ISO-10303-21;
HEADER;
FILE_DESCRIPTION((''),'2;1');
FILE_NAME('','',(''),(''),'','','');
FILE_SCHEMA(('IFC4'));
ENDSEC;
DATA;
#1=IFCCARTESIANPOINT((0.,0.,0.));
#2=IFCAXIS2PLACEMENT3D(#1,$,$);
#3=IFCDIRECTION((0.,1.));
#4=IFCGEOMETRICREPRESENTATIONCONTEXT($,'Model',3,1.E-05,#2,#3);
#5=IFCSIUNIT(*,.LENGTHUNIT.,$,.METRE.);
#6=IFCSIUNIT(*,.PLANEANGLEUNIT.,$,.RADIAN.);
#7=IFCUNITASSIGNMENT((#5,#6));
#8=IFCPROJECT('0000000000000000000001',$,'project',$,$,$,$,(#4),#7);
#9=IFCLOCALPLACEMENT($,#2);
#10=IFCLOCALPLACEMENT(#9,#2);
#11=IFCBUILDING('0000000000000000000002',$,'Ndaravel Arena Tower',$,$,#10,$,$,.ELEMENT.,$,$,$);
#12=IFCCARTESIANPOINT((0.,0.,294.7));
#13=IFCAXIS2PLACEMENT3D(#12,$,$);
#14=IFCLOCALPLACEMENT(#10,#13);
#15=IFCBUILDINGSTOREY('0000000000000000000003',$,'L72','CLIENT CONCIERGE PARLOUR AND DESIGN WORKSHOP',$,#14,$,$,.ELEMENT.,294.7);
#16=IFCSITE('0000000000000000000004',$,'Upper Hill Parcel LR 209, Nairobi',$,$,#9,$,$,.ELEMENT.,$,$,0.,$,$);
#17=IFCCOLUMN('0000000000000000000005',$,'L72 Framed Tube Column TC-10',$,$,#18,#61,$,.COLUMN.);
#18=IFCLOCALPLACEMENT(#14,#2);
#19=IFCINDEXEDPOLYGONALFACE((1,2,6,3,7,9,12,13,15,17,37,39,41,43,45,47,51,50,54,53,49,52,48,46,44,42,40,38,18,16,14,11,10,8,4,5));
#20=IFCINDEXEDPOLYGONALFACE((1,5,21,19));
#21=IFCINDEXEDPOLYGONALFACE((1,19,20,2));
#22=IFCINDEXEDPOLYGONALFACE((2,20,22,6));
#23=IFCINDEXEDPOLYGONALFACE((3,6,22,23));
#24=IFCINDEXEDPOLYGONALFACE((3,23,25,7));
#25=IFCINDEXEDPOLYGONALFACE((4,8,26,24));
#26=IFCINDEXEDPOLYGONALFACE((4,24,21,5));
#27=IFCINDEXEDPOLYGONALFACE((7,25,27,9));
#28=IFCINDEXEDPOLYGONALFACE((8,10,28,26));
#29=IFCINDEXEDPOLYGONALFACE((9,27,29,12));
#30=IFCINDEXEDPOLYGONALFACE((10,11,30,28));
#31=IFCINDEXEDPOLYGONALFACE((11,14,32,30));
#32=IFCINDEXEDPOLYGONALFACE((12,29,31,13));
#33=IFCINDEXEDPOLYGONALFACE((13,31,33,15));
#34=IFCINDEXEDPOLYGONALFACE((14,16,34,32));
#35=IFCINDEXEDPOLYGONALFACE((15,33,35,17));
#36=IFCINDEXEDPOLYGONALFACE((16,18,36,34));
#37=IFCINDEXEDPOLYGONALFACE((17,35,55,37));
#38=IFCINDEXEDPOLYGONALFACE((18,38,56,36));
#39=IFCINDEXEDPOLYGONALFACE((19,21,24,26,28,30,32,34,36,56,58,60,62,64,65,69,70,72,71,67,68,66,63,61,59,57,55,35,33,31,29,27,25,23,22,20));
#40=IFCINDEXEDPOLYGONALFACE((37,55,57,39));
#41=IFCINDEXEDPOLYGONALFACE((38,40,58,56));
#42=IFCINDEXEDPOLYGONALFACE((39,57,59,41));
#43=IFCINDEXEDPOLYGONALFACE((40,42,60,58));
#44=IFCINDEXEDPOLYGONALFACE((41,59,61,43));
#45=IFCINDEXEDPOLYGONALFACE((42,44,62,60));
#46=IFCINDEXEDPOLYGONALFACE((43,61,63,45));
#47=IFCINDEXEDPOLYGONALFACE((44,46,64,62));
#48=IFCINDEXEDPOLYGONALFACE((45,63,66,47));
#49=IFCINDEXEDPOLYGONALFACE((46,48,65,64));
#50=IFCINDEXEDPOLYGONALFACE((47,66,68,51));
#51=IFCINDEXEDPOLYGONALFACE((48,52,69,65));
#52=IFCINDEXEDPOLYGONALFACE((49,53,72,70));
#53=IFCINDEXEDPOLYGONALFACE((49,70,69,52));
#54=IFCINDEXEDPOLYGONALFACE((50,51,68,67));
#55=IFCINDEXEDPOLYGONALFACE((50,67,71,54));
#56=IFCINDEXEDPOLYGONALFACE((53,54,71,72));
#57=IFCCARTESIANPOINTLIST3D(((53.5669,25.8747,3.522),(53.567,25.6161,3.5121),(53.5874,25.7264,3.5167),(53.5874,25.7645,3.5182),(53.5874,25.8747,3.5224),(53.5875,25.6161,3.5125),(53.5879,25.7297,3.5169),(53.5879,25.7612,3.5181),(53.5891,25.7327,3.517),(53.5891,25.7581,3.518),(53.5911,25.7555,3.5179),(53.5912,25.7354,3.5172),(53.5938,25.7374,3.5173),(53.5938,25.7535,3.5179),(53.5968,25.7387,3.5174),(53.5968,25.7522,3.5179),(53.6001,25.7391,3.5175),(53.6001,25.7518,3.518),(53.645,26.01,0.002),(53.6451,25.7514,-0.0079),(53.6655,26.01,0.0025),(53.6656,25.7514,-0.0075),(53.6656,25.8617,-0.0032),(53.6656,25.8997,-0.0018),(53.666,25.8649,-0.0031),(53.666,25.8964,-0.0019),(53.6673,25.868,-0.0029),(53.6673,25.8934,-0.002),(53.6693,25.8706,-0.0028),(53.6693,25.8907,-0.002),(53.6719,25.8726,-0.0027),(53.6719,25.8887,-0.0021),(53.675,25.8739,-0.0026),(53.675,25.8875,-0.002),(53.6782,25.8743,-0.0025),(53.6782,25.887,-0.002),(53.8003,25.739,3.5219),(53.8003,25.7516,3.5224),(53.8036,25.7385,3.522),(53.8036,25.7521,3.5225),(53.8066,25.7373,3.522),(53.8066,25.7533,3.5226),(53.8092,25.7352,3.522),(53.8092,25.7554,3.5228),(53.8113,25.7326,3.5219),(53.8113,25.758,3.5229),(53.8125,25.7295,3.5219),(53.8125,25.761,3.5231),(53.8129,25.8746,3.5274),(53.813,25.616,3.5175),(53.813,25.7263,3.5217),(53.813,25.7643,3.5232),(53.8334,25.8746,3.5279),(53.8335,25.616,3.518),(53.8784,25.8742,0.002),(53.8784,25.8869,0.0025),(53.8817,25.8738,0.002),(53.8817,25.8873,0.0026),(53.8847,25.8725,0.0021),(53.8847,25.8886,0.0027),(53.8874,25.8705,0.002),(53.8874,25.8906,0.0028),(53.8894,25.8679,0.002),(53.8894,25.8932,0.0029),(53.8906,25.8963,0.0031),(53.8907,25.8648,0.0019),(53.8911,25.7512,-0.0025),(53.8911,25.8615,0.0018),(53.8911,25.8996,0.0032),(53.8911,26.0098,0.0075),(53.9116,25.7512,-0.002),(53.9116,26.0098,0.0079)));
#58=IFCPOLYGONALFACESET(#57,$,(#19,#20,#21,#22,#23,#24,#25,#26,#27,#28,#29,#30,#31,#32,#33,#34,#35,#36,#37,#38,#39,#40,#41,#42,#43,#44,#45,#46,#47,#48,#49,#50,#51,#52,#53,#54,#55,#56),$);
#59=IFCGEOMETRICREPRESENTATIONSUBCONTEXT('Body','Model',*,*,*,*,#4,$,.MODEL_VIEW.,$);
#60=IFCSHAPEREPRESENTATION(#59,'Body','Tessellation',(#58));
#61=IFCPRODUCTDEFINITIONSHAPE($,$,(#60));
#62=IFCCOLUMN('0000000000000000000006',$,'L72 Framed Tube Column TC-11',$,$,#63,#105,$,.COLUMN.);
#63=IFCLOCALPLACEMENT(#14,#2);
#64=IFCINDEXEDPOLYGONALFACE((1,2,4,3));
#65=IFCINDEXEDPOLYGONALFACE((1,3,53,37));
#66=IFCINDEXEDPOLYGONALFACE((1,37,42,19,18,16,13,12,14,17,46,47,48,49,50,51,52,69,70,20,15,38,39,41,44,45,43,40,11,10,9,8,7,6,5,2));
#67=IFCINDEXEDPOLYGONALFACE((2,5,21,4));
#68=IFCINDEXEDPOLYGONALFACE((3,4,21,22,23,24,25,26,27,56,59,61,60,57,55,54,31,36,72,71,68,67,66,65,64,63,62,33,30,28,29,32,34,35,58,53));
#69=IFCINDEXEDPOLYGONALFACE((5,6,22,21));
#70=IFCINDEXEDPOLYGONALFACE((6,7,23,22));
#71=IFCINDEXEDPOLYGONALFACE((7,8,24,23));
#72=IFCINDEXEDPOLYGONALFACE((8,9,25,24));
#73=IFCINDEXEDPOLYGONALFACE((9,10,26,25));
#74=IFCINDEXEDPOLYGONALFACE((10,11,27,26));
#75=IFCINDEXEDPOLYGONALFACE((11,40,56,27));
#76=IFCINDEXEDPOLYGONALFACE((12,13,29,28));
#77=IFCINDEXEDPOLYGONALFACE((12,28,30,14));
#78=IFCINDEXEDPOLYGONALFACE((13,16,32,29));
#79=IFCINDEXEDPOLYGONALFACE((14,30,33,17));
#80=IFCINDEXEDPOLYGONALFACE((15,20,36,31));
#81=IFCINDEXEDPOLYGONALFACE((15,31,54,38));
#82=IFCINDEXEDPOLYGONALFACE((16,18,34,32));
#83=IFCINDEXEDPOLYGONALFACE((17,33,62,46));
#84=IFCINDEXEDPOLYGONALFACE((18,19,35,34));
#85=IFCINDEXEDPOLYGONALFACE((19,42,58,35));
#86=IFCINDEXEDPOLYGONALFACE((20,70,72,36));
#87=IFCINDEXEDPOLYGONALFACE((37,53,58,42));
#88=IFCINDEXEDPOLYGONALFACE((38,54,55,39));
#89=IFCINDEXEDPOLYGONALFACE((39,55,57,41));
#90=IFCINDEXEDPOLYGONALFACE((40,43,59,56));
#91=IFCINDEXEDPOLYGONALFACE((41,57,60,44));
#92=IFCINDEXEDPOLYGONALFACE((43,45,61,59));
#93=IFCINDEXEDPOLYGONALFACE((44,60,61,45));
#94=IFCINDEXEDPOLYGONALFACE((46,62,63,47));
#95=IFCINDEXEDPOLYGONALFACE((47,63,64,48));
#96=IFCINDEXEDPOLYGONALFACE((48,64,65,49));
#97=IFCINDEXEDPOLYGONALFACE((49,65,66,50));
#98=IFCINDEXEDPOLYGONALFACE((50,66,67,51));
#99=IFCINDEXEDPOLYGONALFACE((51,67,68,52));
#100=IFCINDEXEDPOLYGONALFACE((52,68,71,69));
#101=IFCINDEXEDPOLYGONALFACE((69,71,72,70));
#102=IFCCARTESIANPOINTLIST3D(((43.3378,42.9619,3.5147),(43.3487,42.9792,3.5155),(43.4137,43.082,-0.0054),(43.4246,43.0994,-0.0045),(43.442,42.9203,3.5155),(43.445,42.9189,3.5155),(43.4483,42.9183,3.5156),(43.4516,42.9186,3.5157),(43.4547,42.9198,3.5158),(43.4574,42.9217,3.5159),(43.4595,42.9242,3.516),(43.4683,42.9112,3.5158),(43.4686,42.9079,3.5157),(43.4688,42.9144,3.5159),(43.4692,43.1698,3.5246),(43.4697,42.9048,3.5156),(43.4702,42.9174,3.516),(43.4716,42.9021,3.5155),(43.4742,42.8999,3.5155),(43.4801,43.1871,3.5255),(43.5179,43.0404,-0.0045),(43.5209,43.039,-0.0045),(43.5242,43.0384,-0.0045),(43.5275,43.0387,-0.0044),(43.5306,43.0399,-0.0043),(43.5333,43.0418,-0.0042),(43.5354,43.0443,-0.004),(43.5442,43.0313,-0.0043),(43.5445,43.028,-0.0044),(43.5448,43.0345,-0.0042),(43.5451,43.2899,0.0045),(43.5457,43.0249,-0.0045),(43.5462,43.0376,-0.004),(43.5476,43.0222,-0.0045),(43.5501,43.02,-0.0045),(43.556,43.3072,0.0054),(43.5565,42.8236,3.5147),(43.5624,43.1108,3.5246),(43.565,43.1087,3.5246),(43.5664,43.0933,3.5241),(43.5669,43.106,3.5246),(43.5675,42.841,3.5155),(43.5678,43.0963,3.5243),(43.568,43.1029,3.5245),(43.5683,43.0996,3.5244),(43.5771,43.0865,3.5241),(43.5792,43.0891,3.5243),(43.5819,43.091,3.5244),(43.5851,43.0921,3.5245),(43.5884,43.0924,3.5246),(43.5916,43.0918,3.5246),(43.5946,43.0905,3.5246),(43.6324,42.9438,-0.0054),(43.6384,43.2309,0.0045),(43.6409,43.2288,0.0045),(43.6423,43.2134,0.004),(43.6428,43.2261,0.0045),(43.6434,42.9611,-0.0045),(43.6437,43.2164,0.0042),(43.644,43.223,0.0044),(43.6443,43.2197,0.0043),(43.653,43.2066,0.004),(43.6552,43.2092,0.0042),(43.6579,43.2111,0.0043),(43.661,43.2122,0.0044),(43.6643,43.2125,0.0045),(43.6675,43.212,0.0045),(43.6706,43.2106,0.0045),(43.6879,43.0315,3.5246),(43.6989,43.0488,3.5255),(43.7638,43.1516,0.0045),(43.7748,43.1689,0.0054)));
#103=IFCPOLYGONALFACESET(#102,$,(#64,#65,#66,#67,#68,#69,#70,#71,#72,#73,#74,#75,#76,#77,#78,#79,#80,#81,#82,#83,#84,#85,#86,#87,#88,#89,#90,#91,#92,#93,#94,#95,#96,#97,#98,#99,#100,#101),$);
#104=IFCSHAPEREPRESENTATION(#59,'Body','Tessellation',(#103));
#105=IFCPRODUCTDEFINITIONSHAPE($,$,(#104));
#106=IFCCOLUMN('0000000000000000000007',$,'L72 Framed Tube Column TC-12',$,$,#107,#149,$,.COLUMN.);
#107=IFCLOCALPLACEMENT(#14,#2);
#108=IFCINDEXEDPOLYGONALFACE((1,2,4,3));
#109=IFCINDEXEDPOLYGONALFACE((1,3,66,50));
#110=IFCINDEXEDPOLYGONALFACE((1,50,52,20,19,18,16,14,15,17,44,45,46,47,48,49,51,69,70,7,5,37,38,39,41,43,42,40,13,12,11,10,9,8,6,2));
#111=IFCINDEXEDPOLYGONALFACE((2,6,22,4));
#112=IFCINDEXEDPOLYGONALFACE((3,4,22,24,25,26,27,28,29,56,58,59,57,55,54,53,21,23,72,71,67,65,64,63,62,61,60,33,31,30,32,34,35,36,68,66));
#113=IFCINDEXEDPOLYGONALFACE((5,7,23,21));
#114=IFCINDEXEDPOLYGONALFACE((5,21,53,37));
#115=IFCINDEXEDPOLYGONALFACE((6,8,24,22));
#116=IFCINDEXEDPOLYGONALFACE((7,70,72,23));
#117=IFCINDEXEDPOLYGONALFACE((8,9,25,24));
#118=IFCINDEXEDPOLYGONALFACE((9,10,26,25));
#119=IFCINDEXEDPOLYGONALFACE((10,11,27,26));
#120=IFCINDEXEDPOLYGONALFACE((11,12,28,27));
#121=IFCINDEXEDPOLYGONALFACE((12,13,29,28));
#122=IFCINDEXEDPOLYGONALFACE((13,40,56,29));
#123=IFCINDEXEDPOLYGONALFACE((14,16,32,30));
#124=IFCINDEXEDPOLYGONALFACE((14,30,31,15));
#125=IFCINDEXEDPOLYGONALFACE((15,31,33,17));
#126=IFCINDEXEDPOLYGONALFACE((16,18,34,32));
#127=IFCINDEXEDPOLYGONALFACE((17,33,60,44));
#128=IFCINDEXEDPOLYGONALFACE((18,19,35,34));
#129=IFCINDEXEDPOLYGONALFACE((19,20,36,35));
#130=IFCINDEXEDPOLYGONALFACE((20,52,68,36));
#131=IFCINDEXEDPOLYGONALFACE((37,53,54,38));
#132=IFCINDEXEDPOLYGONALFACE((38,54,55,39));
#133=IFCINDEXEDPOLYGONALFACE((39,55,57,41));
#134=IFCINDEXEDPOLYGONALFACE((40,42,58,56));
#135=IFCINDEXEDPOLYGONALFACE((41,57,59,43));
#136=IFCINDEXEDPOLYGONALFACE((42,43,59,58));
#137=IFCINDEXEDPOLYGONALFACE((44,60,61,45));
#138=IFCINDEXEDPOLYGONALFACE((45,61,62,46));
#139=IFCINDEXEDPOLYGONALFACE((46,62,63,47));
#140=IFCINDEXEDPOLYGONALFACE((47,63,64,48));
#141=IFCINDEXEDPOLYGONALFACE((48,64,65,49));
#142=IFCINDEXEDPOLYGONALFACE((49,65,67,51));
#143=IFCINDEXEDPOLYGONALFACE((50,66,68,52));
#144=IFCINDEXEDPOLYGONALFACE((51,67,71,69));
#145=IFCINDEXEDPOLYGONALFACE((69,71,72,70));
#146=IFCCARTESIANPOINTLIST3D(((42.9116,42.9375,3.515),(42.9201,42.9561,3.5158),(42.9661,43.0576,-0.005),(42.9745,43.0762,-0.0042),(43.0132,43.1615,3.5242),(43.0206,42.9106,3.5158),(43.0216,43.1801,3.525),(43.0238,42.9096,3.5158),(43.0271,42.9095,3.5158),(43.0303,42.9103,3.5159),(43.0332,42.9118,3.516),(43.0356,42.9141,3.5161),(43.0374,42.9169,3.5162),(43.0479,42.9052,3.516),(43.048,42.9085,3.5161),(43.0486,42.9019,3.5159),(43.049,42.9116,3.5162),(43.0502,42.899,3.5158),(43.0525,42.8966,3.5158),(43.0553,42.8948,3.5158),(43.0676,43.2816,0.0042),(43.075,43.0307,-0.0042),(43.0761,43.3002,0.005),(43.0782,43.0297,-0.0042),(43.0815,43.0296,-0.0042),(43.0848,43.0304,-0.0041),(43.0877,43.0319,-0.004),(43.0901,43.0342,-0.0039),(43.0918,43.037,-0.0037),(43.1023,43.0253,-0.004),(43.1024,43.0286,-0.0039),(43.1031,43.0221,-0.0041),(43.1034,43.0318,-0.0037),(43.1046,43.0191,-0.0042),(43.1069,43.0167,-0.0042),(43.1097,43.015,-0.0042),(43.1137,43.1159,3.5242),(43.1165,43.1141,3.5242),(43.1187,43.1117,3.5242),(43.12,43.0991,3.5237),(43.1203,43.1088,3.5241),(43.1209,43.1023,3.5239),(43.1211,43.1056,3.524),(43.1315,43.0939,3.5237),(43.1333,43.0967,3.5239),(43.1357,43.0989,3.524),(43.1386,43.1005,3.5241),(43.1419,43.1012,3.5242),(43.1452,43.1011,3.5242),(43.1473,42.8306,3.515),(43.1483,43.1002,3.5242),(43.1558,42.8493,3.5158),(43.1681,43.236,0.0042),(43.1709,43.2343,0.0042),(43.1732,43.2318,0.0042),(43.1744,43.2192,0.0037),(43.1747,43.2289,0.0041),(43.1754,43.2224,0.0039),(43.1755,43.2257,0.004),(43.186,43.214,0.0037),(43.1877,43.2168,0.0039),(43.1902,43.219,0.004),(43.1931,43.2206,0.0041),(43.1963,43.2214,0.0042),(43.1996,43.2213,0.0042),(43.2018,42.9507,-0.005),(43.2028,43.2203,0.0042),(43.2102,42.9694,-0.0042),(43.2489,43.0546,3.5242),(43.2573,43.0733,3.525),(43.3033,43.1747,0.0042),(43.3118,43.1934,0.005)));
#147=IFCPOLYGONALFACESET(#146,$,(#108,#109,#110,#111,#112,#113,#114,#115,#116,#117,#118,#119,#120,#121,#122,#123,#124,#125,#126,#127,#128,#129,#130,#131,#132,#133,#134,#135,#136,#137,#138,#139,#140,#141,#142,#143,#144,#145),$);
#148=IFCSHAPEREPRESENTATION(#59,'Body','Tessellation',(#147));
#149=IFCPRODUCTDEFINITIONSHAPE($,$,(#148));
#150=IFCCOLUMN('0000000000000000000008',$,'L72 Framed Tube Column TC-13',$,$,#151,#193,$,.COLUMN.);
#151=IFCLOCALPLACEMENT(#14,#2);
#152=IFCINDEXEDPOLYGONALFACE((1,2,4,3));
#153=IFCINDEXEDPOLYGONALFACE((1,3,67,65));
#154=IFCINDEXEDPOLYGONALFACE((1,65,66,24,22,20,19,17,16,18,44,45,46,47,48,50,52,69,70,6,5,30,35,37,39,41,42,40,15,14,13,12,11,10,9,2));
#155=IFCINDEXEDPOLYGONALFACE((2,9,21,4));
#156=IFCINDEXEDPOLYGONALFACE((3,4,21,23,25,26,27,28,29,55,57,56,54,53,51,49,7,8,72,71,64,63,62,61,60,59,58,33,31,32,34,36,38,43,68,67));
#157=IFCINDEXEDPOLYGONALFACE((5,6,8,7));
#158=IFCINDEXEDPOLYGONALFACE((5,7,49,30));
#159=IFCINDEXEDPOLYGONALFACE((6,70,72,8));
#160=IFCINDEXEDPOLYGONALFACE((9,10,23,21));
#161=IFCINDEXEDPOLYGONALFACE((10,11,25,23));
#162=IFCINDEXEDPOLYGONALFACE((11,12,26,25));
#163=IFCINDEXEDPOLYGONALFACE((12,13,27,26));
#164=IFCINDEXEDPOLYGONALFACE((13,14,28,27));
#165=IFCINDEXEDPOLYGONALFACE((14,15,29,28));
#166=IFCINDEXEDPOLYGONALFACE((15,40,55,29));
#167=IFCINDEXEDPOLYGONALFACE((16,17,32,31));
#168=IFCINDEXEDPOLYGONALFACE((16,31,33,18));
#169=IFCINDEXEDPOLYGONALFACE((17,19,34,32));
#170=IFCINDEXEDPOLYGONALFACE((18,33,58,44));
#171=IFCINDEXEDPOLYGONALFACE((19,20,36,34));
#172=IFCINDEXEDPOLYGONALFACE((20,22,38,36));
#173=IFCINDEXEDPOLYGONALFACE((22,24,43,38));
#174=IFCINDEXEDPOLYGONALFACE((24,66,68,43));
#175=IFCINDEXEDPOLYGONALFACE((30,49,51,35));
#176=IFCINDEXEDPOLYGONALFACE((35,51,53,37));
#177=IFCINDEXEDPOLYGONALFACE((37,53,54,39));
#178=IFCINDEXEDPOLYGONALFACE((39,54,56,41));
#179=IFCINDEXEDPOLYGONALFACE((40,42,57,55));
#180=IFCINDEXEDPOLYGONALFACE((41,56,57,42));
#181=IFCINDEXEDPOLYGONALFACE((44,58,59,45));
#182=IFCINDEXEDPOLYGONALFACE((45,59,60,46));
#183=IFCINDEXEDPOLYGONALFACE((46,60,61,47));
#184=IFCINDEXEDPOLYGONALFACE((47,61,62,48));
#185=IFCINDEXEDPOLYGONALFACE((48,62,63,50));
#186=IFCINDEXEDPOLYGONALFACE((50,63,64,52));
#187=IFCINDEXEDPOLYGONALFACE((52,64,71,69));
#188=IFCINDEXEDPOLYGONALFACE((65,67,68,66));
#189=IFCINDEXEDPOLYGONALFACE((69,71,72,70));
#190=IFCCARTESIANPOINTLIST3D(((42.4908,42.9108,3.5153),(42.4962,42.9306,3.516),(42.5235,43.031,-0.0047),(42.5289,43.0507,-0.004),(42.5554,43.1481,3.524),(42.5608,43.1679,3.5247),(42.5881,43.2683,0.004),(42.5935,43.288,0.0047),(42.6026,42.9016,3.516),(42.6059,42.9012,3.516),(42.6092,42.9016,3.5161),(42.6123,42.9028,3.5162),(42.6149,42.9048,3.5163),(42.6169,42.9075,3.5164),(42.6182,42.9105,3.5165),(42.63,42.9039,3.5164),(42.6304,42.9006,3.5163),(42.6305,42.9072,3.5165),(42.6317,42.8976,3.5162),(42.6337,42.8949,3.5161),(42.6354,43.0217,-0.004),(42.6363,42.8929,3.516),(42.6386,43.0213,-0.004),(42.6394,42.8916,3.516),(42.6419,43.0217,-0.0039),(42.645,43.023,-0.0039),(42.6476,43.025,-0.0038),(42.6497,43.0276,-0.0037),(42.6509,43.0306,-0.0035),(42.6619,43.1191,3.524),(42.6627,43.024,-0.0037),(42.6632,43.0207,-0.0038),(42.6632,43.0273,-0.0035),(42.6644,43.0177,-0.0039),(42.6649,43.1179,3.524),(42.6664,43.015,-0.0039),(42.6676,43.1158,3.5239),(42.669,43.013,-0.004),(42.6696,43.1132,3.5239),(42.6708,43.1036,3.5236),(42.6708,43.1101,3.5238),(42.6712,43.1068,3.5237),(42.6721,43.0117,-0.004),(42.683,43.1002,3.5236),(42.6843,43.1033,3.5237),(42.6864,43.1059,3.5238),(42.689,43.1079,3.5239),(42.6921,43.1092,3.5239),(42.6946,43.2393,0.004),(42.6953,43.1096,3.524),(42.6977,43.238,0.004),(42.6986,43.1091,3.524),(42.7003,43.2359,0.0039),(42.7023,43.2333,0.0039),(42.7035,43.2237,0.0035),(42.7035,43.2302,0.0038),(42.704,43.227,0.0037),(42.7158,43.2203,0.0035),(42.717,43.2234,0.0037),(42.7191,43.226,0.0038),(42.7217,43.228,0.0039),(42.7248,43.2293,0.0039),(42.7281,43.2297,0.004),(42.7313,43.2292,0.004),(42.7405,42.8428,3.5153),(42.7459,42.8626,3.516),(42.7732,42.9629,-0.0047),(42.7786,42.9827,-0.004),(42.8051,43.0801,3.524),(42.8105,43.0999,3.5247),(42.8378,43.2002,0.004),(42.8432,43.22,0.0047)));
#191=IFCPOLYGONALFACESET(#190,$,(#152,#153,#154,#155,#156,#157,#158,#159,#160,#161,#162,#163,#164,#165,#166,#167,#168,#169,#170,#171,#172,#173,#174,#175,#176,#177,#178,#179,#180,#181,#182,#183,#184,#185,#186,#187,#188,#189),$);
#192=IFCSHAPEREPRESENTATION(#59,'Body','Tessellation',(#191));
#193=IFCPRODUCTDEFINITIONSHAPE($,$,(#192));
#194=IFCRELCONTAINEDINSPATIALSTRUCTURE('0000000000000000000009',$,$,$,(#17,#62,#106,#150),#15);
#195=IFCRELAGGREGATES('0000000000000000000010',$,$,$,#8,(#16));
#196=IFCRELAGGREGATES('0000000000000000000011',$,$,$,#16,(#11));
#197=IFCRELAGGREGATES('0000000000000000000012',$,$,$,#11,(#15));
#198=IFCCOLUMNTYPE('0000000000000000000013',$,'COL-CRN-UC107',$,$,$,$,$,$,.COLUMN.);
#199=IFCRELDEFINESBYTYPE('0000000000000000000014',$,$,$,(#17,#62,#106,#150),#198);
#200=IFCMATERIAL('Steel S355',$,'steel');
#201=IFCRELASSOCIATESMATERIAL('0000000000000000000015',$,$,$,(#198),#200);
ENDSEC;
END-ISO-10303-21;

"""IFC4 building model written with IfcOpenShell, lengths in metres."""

from ifc_helpers import new_model, si_unit, direction, frame, origin, origin_2d, place, context, subcontext, project, spatial, i_section, extrude, material, material_profile, profile_set, type_object, element, save


model = new_model("IFC4")

# Units and contexts
model_context = context("Model", 3, precision=1e-05, world=origin(), true_north=direction((0.0, 1.0)))
body_context = subcontext(model_context, "Body", "Model", "MODEL_VIEW")
ifc_project = project(units=[si_unit("LENGTHUNIT", "METRE"), si_unit("PLANEANGLEUNIT", "RADIAN")], contexts=[model_context])

# Site, building, storey
site_placement = place(None, origin())
site = spatial("IfcSite", under=ifc_project, at=site_placement, Name="Upper Hill Parcel LR 209, Nairobi", CompositionType="ELEMENT", RefElevation=0.0)
building_placement = place(site_placement, origin())
building = spatial("IfcBuilding", under=site, at=building_placement, Name="Ndaravel Arena Tower", CompositionType="ELEMENT")
storey_placement = place(building_placement, frame((0.0, 0.0, 294.7)))
storey = spatial("IfcBuildingStorey", under=building, at=storey_placement, Name="L72", Description="CLIENT CONCIERGE PARLOUR AND DESIGN WORKSHOP", CompositionType="ELEMENT", Elevation=294.7)

# Columns
ifc_material_1 = material(Name="Steel S355", Category="steel")
ifc_material_profile_1 = material_profile(ifc_material_1, i_section(OverallWidth=0.2588, OverallDepth=0.2666, WebThickness=0.0127, FlangeThickness=0.0205, FilletRadius=0.0127, at=origin_2d()), Name="UC 254x254x107")
ifc_profile_set_1 = profile_set([ifc_material_profile_1], Name="Steel S355")
column_type = type_object("IfcColumnType", Name="COL-CRN-UC107", PredefinedType="COLUMN", material=ifc_profile_set_1)
column_1_placement = place(storey_placement, frame((53.7783, 25.8806, 0.0), z_axis=(-0.022173, -0.038386, 0.999017), x_axis=(-0.000226, 0.999263, 0.038391)))
element("IfcColumn", 1, at=column_1_placement, inside=storey, type_object=column_type, Name="L72 Framed Tube Column TC-10", PredefinedType="COLUMN", context=body_context, shape_type="SweptSolid", body=[
    extrude(i_section(OverallWidth=0.2588, OverallDepth=0.2666, WebThickness=0.0127, FlangeThickness=0.0205, FilletRadius=0.0127, at=origin_2d()), origin(), (0.0, 0.0, 1.0), 3.5234),
])
column_2_placement = place(storey_placement, frame((43.5942, 43.1255, 0.0), z_axis=(-0.021553, -0.034096, 0.999186), x_axis=(0.845285, -0.534316, 0.0)))
element("IfcColumn", 2, at=column_2_placement, inside=storey, type_object=column_type, Name="L72 Framed Tube Column TC-11", PredefinedType="COLUMN", context=body_context, shape_type="SweptSolid", body=[
    extrude(i_section(OverallWidth=0.2588, OverallDepth=0.2666, WebThickness=0.0127, FlangeThickness=0.0205, FilletRadius=0.0127, at=origin_2d()), origin(), (0.0, 0.0, 1.0), 3.5229),
])
column_3_placement = place(storey_placement, frame((43.1389, 43.1255, 0.0), z_axis=(-0.015456, -0.0341, 0.999299), x_axis=(0.91081, -0.412826, 0.0)))
element("IfcColumn", 3, at=column_3_placement, inside=storey, type_object=column_type, Name="L72 Framed Tube Column TC-12", PredefinedType="COLUMN", context=body_context, shape_type="SweptSolid", body=[
    extrude(i_section(OverallWidth=0.2588, OverallDepth=0.2666, WebThickness=0.0127, FlangeThickness=0.0205, FilletRadius=0.0127, at=origin_2d()), origin(), (0.0, 0.0, 1.0), 3.5225),
])
column_4_placement = place(storey_placement, frame((42.6833, 43.1255, 0.0), z_axis=(-0.009288, -0.034103, 0.999375), x_axis=(0.964854, -0.262786, 0.0)))
element("IfcColumn", 4, at=column_4_placement, inside=storey, type_object=column_type, Name="L72 Framed Tube Column TC-13", PredefinedType="COLUMN", context=body_context, shape_type="SweptSolid", body=[
    extrude(i_section(OverallWidth=0.2588, OverallDepth=0.2666, WebThickness=0.0127, FlangeThickness=0.0205, FilletRadius=0.0127, at=origin_2d()), origin(), (0.0, 0.0, 1.0), 3.5222),
])

save(model, "model.ifc")
